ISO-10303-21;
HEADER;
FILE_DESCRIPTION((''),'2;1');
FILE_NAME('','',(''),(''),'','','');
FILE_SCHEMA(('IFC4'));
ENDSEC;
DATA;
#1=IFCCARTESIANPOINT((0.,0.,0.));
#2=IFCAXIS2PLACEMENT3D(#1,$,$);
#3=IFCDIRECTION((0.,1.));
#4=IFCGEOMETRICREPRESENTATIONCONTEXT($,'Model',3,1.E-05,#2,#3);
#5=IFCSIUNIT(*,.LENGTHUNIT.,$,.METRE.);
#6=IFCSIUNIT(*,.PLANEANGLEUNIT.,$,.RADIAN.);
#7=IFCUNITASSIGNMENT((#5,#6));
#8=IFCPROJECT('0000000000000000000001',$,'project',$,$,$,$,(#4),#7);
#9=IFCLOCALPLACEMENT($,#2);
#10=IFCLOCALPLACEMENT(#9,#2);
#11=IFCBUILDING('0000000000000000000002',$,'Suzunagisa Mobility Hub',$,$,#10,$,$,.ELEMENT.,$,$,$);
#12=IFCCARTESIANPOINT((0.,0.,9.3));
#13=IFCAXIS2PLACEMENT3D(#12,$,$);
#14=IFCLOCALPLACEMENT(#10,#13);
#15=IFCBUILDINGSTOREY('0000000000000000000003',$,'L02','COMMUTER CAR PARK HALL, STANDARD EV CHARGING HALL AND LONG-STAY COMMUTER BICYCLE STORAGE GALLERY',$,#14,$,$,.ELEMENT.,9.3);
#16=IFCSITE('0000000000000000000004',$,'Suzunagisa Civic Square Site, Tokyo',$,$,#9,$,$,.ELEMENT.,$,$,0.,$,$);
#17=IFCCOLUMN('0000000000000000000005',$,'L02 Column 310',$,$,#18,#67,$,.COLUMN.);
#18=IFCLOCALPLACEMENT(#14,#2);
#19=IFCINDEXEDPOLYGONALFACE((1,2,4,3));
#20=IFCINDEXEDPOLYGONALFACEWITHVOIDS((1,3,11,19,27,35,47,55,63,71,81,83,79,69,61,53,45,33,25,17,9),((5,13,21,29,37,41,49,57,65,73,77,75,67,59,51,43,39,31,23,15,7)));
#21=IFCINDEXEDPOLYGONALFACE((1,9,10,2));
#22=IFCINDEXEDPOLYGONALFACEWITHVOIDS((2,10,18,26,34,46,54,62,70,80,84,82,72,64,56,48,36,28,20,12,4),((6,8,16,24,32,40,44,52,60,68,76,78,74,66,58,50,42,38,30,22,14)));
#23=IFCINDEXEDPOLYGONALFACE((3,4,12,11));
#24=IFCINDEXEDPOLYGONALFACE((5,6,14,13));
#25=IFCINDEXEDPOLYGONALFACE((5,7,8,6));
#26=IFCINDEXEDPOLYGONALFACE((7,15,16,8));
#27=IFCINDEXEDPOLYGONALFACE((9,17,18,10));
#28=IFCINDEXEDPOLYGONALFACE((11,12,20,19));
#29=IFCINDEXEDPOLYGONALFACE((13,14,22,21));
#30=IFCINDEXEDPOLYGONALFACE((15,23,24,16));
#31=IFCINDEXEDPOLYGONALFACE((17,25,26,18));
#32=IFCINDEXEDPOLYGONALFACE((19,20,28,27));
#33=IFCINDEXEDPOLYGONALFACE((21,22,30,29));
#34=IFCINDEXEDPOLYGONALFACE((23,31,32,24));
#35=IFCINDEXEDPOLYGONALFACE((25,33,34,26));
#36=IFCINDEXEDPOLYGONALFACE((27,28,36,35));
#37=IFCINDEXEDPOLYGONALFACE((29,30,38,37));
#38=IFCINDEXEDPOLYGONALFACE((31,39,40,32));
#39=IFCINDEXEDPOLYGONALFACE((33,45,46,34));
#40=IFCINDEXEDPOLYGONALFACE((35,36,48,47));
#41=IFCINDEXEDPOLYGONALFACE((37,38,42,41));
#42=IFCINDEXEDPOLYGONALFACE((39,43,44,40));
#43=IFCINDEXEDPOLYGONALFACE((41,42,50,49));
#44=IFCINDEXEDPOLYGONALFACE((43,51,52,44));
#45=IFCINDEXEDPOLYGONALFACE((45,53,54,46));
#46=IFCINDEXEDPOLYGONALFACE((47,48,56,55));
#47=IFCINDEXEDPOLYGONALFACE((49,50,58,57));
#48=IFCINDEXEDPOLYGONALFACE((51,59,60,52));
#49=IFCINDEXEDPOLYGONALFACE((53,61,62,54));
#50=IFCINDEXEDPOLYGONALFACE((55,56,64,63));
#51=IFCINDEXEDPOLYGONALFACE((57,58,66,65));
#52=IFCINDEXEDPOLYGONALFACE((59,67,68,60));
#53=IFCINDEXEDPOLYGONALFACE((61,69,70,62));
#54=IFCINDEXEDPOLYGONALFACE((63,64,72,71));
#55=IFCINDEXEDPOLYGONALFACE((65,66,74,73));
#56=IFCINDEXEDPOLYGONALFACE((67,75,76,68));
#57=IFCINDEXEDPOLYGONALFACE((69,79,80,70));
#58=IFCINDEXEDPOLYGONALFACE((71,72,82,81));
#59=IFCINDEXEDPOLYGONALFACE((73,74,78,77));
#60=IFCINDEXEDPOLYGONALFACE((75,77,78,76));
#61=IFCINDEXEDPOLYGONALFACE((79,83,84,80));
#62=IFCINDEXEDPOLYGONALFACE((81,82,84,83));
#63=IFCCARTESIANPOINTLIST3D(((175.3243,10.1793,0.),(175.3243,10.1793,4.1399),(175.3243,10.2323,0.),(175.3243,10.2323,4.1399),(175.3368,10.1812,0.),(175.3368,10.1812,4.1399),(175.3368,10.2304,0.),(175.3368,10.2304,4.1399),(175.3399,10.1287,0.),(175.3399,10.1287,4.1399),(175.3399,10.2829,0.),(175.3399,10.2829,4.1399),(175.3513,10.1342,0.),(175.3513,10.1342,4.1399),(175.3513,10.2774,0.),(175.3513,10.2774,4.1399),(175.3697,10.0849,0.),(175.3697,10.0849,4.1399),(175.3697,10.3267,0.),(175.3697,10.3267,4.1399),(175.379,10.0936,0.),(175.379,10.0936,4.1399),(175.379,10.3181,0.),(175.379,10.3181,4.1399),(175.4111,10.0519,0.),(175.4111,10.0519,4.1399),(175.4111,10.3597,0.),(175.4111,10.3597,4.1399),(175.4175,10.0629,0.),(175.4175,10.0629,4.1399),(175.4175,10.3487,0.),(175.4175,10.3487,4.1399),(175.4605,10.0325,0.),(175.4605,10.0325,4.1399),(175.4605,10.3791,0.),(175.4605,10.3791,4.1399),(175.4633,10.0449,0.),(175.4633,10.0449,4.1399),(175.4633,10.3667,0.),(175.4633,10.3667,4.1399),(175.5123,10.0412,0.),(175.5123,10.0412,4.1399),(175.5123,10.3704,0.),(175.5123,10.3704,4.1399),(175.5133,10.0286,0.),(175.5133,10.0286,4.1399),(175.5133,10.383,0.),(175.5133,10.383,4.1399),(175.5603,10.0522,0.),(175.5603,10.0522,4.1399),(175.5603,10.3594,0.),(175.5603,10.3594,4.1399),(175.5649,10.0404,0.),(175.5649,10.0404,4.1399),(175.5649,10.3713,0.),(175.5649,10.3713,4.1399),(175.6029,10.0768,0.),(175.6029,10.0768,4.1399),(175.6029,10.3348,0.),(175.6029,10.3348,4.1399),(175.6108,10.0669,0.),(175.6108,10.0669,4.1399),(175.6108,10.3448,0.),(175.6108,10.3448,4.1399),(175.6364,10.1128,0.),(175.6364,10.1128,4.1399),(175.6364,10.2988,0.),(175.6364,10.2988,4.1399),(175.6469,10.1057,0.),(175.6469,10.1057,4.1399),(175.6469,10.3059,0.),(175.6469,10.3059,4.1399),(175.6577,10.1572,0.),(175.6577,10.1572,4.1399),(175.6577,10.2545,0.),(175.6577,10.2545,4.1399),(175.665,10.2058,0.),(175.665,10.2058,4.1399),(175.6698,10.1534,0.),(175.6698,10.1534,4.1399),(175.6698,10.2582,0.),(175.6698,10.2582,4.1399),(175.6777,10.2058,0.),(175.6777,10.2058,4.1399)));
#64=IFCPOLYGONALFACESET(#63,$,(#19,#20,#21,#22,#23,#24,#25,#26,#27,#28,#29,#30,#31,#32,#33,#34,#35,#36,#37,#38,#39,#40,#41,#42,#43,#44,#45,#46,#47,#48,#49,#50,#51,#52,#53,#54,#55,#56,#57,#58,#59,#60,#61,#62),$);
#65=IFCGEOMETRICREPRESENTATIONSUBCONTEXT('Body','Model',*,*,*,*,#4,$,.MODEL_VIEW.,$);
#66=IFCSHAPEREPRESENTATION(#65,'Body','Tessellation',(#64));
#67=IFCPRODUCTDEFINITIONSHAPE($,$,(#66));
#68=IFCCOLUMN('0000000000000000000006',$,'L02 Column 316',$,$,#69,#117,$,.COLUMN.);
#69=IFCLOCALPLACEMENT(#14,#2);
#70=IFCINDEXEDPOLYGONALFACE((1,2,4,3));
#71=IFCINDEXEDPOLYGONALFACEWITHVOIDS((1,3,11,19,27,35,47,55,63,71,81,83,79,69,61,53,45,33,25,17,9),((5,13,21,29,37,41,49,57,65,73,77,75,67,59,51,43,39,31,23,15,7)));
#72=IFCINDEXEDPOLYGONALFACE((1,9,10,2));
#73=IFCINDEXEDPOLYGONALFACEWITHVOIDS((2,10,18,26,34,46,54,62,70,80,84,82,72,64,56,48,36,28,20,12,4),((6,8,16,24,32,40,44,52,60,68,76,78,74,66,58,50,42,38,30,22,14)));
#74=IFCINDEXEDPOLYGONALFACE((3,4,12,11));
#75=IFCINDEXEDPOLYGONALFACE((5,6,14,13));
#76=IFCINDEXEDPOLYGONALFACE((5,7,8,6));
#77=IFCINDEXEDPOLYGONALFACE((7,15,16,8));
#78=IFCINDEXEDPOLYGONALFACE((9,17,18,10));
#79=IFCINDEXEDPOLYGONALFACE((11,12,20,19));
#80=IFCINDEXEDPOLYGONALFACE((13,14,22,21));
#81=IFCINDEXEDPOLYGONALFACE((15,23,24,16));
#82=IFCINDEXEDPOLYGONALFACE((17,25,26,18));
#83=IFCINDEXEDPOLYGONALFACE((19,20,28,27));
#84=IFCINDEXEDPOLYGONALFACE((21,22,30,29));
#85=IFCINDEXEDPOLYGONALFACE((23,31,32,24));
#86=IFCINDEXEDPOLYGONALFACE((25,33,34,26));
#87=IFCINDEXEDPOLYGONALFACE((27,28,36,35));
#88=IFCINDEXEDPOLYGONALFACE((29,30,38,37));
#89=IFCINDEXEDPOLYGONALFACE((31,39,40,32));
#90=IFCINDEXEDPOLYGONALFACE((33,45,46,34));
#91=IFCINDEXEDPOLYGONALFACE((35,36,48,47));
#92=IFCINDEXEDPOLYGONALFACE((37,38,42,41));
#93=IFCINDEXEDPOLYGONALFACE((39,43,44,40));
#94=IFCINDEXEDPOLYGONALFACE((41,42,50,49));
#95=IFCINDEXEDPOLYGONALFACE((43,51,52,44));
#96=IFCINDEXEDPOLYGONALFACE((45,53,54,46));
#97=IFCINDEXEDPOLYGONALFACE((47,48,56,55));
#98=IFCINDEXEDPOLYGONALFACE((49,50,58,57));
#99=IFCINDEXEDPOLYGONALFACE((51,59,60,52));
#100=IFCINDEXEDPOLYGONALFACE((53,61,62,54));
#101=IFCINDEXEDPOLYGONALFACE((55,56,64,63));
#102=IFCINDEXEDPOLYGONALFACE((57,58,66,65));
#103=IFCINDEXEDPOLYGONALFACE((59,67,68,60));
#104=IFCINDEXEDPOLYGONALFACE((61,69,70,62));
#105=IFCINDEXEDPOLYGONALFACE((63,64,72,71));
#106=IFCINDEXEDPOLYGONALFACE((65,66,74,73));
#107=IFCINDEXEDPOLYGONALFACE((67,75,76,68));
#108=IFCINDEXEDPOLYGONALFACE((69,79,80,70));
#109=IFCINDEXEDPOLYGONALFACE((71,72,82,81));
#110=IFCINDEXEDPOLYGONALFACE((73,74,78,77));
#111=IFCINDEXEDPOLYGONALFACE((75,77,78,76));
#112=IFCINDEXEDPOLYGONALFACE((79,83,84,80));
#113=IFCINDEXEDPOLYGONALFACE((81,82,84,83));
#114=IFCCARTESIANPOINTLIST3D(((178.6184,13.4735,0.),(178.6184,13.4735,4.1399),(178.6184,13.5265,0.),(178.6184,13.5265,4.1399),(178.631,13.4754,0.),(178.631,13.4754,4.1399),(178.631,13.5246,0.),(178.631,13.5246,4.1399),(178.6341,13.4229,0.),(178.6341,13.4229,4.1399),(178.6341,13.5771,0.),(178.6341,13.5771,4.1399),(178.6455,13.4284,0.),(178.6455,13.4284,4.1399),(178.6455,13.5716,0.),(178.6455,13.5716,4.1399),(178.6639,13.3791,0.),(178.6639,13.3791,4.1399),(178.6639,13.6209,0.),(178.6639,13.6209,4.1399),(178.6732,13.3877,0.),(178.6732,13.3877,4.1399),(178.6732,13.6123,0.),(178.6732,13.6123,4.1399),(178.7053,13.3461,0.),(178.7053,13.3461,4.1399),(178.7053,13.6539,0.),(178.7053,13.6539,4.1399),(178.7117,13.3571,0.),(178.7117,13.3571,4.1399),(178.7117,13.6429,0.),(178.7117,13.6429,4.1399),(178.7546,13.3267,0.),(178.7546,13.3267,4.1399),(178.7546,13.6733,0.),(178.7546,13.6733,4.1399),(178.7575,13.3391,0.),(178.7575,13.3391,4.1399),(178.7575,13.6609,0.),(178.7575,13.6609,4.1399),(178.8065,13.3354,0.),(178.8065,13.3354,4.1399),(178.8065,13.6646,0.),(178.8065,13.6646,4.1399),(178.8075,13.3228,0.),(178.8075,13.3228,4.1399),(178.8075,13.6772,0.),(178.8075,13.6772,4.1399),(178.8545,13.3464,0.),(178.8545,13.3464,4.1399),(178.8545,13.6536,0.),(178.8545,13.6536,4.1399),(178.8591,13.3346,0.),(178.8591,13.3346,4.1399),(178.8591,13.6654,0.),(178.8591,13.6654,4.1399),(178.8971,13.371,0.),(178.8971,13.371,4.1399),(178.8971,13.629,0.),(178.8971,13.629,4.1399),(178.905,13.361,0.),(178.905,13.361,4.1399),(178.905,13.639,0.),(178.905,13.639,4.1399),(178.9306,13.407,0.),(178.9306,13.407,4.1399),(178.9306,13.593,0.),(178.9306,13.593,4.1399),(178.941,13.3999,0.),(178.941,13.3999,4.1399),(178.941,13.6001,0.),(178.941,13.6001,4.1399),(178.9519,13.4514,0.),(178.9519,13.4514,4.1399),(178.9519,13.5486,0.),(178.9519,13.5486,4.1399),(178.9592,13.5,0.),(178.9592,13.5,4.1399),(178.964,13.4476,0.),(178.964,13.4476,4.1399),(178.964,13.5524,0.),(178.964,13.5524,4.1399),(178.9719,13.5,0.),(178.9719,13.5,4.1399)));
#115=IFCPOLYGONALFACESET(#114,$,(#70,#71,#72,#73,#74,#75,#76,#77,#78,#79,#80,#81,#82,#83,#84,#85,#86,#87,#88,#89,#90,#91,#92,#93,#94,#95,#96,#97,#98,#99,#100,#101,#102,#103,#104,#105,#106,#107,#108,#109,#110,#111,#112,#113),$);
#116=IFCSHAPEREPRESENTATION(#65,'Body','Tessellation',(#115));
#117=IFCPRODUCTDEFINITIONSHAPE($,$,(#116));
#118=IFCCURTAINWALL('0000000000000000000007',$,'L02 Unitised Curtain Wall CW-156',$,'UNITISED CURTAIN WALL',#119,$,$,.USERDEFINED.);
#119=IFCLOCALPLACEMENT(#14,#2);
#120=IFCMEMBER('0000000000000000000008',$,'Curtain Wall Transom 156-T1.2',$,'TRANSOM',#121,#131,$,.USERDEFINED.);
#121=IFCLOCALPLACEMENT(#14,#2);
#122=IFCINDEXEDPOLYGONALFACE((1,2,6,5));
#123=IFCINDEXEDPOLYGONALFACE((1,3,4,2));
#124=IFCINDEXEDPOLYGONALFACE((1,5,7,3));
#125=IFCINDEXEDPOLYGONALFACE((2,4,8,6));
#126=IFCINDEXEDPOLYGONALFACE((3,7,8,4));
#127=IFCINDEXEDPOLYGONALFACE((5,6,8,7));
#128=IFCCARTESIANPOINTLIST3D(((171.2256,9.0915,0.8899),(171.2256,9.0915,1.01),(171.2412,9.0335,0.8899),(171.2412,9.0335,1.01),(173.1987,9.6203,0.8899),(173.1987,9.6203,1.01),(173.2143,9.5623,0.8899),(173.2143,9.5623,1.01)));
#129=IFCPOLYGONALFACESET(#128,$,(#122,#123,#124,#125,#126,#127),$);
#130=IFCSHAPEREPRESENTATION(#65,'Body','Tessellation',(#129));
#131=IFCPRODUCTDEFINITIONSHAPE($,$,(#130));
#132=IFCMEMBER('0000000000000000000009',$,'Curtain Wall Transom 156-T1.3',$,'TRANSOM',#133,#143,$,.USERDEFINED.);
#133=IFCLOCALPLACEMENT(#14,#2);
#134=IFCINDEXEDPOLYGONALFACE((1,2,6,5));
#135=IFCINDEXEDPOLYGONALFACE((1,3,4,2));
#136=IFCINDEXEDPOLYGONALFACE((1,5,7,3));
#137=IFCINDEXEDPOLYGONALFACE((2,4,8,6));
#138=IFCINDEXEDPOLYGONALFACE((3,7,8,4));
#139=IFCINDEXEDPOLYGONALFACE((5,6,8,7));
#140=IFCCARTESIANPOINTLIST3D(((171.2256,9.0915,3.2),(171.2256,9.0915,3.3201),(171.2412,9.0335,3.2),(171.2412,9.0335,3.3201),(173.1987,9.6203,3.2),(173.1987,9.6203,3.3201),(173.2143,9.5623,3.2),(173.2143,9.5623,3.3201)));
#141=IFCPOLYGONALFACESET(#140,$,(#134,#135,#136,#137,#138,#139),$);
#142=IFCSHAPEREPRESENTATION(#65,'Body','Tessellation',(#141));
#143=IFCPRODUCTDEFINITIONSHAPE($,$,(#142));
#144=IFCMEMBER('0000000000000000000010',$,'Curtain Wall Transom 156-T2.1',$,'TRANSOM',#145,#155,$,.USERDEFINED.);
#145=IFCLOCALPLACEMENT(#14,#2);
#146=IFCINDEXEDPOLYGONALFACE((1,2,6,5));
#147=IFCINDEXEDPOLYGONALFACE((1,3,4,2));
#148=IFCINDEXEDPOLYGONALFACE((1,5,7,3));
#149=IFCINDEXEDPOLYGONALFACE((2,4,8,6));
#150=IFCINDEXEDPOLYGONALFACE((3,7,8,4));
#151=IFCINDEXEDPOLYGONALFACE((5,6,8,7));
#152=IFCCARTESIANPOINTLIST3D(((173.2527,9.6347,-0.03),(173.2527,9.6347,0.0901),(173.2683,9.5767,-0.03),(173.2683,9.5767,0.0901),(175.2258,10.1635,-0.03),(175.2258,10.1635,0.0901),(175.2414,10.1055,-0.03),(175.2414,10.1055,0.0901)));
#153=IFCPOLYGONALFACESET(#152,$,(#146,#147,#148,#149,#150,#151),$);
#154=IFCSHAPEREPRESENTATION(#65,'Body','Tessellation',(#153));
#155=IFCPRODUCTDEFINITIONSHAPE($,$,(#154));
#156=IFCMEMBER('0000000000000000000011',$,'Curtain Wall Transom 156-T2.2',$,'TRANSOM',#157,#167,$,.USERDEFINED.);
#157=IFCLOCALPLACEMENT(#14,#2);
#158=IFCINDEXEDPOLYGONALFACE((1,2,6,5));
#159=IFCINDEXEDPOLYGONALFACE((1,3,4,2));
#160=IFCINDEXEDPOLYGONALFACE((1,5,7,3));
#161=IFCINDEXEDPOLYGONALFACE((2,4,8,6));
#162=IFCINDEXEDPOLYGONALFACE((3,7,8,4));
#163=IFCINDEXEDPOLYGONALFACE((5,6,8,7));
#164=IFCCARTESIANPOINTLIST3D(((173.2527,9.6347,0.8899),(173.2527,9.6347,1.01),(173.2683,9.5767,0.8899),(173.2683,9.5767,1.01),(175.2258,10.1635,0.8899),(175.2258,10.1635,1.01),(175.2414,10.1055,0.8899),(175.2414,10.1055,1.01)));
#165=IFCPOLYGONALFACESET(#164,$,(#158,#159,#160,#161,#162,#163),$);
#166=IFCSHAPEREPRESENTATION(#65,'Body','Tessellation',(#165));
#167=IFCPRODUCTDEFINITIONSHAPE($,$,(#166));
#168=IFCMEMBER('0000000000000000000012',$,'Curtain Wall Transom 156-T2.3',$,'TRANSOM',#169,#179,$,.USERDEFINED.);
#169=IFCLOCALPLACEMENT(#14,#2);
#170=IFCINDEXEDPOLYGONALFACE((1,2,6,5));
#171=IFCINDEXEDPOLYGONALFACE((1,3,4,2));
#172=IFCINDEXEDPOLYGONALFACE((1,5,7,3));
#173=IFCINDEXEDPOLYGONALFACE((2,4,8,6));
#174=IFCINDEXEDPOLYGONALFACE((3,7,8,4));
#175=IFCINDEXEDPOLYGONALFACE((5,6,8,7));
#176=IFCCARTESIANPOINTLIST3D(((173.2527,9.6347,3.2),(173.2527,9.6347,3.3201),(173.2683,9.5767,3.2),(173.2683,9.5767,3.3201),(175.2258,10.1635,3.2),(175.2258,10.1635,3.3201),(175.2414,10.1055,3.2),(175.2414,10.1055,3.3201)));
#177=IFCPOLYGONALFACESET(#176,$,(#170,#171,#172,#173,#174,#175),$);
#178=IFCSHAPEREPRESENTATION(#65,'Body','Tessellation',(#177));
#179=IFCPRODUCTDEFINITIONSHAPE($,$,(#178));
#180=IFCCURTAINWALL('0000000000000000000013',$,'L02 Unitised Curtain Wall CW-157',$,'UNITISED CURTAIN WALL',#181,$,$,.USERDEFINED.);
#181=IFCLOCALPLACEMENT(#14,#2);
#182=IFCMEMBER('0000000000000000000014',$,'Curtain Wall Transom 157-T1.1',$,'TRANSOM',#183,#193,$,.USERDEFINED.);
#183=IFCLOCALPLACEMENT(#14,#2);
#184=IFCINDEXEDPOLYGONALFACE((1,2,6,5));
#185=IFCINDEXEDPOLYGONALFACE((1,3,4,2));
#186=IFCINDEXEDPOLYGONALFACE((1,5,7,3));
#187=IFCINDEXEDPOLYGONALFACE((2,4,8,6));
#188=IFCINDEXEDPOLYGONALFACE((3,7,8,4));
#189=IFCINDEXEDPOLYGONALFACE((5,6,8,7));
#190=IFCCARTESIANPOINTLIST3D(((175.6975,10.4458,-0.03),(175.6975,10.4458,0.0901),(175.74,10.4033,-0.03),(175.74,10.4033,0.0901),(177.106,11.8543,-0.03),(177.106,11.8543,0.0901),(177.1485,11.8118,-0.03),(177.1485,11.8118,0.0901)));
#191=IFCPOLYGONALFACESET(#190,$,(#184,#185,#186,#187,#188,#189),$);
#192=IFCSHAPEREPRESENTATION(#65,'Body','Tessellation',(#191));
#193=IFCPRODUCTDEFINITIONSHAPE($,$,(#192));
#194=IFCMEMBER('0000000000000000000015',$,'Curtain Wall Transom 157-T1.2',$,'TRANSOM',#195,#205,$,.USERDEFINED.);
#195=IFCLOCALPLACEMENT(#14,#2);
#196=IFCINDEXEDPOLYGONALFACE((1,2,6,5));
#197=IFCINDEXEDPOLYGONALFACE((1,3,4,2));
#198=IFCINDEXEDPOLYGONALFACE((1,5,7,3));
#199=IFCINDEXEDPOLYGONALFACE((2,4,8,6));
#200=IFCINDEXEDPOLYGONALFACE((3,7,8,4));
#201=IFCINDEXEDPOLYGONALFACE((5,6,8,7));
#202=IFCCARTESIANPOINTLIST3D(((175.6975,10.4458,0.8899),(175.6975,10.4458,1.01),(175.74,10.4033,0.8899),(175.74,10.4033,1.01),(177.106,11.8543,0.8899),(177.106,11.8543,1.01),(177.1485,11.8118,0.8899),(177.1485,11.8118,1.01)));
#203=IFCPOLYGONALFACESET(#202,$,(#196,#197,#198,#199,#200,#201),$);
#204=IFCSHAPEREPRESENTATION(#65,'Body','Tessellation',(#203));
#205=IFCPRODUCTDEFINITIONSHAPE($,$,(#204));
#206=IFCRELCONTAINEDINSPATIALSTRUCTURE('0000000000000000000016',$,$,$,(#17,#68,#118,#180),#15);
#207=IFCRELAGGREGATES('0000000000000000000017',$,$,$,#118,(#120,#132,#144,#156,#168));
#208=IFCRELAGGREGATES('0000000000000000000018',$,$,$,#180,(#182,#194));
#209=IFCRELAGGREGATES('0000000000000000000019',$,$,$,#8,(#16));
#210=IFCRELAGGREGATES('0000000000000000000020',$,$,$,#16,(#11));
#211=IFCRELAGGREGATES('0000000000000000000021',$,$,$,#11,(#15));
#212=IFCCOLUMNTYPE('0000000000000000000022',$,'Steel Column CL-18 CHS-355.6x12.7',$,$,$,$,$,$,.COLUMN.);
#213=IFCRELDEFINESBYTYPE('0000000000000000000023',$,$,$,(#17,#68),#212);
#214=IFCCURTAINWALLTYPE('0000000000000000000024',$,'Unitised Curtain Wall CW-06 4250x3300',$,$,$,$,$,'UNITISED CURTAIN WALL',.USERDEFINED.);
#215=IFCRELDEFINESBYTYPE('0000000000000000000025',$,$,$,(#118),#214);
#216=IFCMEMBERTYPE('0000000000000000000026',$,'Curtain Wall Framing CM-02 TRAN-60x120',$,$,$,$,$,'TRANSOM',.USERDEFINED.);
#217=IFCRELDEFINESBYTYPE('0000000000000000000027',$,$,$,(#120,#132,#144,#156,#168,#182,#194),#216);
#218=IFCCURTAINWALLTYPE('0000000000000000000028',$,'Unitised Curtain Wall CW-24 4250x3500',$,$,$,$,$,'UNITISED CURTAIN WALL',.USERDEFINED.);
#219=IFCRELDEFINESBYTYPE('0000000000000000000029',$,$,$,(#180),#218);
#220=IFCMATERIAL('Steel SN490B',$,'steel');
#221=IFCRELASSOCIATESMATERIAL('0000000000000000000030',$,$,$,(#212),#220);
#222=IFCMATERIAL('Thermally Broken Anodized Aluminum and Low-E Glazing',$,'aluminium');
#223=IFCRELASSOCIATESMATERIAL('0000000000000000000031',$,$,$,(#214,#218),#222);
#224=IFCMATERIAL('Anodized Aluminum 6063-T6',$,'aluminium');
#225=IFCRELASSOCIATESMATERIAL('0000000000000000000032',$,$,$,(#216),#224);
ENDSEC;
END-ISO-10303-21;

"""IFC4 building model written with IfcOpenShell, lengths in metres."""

from ifc_helpers import new_model, si_unit, direction, frame, origin, origin_2d, place, context, subcontext, project, spatial, rectangle, hollow_circle, extrude, material, material_profile, profile_set, type_object, element, aggregate, save


model = new_model("IFC4")

# Units and contexts
model_context = context("Model", 3, precision=1e-05, world=origin(), true_north=direction((0.0, 1.0)))
body_context = subcontext(model_context, "Body", "Model", "MODEL_VIEW")
ifc_project = project(units=[si_unit("LENGTHUNIT", "METRE"), si_unit("PLANEANGLEUNIT", "RADIAN")], contexts=[model_context])

# Site, building, storey
site_placement = place(None, origin())
site = spatial("IfcSite", under=ifc_project, at=site_placement, Name="Suzunagisa Civic Square Site, Tokyo", CompositionType="ELEMENT", RefElevation=0.0)
building_placement = place(site_placement, origin())
building = spatial("IfcBuilding", under=site, at=building_placement, Name="Suzunagisa Mobility Hub", CompositionType="ELEMENT")
storey_placement = place(building_placement, frame((0.0, 0.0, 9.3)))
storey = spatial("IfcBuildingStorey", under=building, at=storey_placement, Name="L02", Description="COMMUTER CAR PARK HALL, STANDARD EV CHARGING HALL AND LONG-STAY COMMUTER BICYCLE STORAGE GALLERY", CompositionType="ELEMENT", Elevation=9.3)

# Columns
ifc_material_1 = material(Name="Steel SN490B", Category="steel")
ifc_material_profile_1 = material_profile(ifc_material_1, hollow_circle(Radius=0.1777, WallThickness=0.0127, at=origin_2d()), Name="CHS-355.6x12.7")
ifc_profile_set_1 = profile_set([ifc_material_profile_1], Name="Steel SN490B")
column_type = type_object("IfcColumnType", Name="Steel Column CL-18 CHS-355.6x12.7", PredefinedType="COLUMN", material=ifc_profile_set_1)
for number, where, z_axis, x_axis, name in (
    (1, (175.5, 10.2058, 0.0), (0.0, 0.0, 1.0), (1.0, 0.0, 0.0), "L02 Column 310"),
    (2, (178.7942, 13.5, 0.0), (0.0, 0.0, 1.0), (1.0, 0.0, 0.0), "L02 Column 316"),
):
    element("IfcColumn", number, at=place(storey_placement, frame(where, z_axis=z_axis, x_axis=x_axis)), inside=storey, type_object=column_type, Name=name, PredefinedType="COLUMN", context=body_context, shape_type="SweptSolid", body=[
        extrude(hollow_circle(Radius=0.1777, WallThickness=0.0127, at=origin_2d()), origin(), (0.0, 0.0, 1.0), 4.1399),
    ])

# Curtain walls, members
ifc_material_2 = material(Name="Thermally Broken Anodized Aluminum and Low-E Glazing", Category="aluminium")
curtain_wall_type_1 = type_object("IfcCurtainWallType", Name="Unitised Curtain Wall CW-06 4250x3300", ElementType="UNITISED CURTAIN WALL", PredefinedType="USERDEFINED", material=ifc_material_2)
curtain_wall_1_placement = place(storey_placement, origin())
curtain_wall_1 = element("IfcCurtainWall", 3, at=curtain_wall_1_placement, inside=storey, type_object=curtain_wall_type_1, Name="L02 Unitised Curtain Wall CW-156", ObjectType="UNITISED CURTAIN WALL", PredefinedType="USERDEFINED")
ifc_material_3 = material(Name="Anodized Aluminum 6063-T6", Category="aluminium")
ifc_material_profile_2 = material_profile(ifc_material_3, rectangle(XDim=0.0601, YDim=0.1201, at=origin_2d()), Name="TRAN-60x120")
ifc_profile_set_2 = profile_set([ifc_material_profile_2], Name="Anodized Aluminum 6063-T6")
member_type_1 = type_object("IfcMemberType", Name="Curtain Wall Framing CM-02 TRAN-60x120", ElementType="TRANSOM", PredefinedType="USERDEFINED", material=ifc_profile_set_2)
member_1_placement = place(storey_placement, frame((171.2334, 9.0625, 0.95), z_axis=(0.965913, 0.258868, 0.0), x_axis=(-0.258868, 0.965913, 0.0)))
member_1 = element("IfcMember", 4, at=member_1_placement, type_object=member_type_1, Name="Curtain Wall Transom 156-T1.2", ObjectType="TRANSOM", PredefinedType="USERDEFINED", context=body_context, shape_type="SweptSolid", body=[
    extrude(rectangle(XDim=0.0601, YDim=0.1201, at=origin_2d()), origin(), (0.0, 0.0, 1.0), 2.0427),
])
member_2_placement = place(storey_placement, frame((171.2334, 9.0625, 3.26), z_axis=(0.965913, 0.258868, 0.0), x_axis=(-0.258868, 0.965913, 0.0)))
member_2 = element("IfcMember", 5, at=member_2_placement, type_object=member_type_1, Name="Curtain Wall Transom 156-T1.3", ObjectType="TRANSOM", PredefinedType="USERDEFINED", context=body_context, shape_type="SweptSolid", body=[
    extrude(rectangle(XDim=0.0601, YDim=0.1201, at=origin_2d()), origin(), (0.0, 0.0, 1.0), 2.0427),
])
member_3_placement = place(storey_placement, frame((173.2605, 9.6057, 0.03), z_axis=(0.965913, 0.258868, 0.0), x_axis=(-0.258868, 0.965913, 0.0)))
member_3 = element("IfcMember", 6, at=member_3_placement, type_object=member_type_1, Name="Curtain Wall Transom 156-T2.1", ObjectType="TRANSOM", PredefinedType="USERDEFINED", context=body_context, shape_type="SweptSolid", body=[
    extrude(rectangle(XDim=0.0601, YDim=0.1201, at=origin_2d()), origin(), (0.0, 0.0, 1.0), 2.0427),
])
member_4_placement = place(storey_placement, frame((173.2605, 9.6057, 0.95), z_axis=(0.965913, 0.258868, 0.0), x_axis=(-0.258868, 0.965913, 0.0)))
member_4 = element("IfcMember", 7, at=member_4_placement, type_object=member_type_1, Name="Curtain Wall Transom 156-T2.2", ObjectType="TRANSOM", PredefinedType="USERDEFINED", context=body_context, shape_type="SweptSolid", body=[
    extrude(rectangle(XDim=0.0601, YDim=0.1201, at=origin_2d()), origin(), (0.0, 0.0, 1.0), 2.0427),
])
member_5_placement = place(storey_placement, frame((173.2605, 9.6057, 3.26), z_axis=(0.965913, 0.258868, 0.0), x_axis=(-0.258868, 0.965913, 0.0)))
member_5 = element("IfcMember", 8, at=member_5_placement, type_object=member_type_1, Name="Curtain Wall Transom 156-T2.3", ObjectType="TRANSOM", PredefinedType="USERDEFINED", context=body_context, shape_type="SweptSolid", body=[
    extrude(rectangle(XDim=0.0601, YDim=0.1201, at=origin_2d()), origin(), (0.0, 0.0, 1.0), 2.0427),
])
curtain_wall_type_2 = type_object("IfcCurtainWallType", Name="Unitised Curtain Wall CW-24 4250x3500", ElementType="UNITISED CURTAIN WALL", PredefinedType="USERDEFINED", material=ifc_material_2)
curtain_wall_2_placement = place(storey_placement, origin())
curtain_wall_2 = element("IfcCurtainWall", 9, at=curtain_wall_2_placement, inside=storey, type_object=curtain_wall_type_2, Name="L02 Unitised Curtain Wall CW-157", ObjectType="UNITISED CURTAIN WALL", PredefinedType="USERDEFINED")
member_6_placement = place(storey_placement, frame((175.7188, 10.4246, 0.03), z_axis=(0.707107, 0.707107, 0.0), x_axis=(-0.707107, 0.707107, 0.0)))
member_6 = element("IfcMember", 10, at=member_6_placement, type_object=member_type_1, Name="Curtain Wall Transom 157-T1.1", ObjectType="TRANSOM", PredefinedType="USERDEFINED", context=body_context, shape_type="SweptSolid", body=[
    extrude(rectangle(XDim=0.0601, YDim=0.1201, at=origin_2d()), origin(), (0.0, 0.0, 1.0), 1.9919),
])
member_7_placement = place(storey_placement, frame((175.7188, 10.4246, 0.95), z_axis=(0.707107, 0.707107, 0.0), x_axis=(-0.707107, 0.707107, 0.0)))
member_7 = element("IfcMember", 11, at=member_7_placement, type_object=member_type_1, Name="Curtain Wall Transom 157-T1.2", ObjectType="TRANSOM", PredefinedType="USERDEFINED", context=body_context, shape_type="SweptSolid", body=[
    extrude(rectangle(XDim=0.0601, YDim=0.1201, at=origin_2d()), origin(), (0.0, 0.0, 1.0), 1.9919),
])

aggregate(curtain_wall_1, [member_1, member_2, member_3, member_4, member_5])
aggregate(curtain_wall_2, [member_6, member_7])

save(model, "model.ifc")
